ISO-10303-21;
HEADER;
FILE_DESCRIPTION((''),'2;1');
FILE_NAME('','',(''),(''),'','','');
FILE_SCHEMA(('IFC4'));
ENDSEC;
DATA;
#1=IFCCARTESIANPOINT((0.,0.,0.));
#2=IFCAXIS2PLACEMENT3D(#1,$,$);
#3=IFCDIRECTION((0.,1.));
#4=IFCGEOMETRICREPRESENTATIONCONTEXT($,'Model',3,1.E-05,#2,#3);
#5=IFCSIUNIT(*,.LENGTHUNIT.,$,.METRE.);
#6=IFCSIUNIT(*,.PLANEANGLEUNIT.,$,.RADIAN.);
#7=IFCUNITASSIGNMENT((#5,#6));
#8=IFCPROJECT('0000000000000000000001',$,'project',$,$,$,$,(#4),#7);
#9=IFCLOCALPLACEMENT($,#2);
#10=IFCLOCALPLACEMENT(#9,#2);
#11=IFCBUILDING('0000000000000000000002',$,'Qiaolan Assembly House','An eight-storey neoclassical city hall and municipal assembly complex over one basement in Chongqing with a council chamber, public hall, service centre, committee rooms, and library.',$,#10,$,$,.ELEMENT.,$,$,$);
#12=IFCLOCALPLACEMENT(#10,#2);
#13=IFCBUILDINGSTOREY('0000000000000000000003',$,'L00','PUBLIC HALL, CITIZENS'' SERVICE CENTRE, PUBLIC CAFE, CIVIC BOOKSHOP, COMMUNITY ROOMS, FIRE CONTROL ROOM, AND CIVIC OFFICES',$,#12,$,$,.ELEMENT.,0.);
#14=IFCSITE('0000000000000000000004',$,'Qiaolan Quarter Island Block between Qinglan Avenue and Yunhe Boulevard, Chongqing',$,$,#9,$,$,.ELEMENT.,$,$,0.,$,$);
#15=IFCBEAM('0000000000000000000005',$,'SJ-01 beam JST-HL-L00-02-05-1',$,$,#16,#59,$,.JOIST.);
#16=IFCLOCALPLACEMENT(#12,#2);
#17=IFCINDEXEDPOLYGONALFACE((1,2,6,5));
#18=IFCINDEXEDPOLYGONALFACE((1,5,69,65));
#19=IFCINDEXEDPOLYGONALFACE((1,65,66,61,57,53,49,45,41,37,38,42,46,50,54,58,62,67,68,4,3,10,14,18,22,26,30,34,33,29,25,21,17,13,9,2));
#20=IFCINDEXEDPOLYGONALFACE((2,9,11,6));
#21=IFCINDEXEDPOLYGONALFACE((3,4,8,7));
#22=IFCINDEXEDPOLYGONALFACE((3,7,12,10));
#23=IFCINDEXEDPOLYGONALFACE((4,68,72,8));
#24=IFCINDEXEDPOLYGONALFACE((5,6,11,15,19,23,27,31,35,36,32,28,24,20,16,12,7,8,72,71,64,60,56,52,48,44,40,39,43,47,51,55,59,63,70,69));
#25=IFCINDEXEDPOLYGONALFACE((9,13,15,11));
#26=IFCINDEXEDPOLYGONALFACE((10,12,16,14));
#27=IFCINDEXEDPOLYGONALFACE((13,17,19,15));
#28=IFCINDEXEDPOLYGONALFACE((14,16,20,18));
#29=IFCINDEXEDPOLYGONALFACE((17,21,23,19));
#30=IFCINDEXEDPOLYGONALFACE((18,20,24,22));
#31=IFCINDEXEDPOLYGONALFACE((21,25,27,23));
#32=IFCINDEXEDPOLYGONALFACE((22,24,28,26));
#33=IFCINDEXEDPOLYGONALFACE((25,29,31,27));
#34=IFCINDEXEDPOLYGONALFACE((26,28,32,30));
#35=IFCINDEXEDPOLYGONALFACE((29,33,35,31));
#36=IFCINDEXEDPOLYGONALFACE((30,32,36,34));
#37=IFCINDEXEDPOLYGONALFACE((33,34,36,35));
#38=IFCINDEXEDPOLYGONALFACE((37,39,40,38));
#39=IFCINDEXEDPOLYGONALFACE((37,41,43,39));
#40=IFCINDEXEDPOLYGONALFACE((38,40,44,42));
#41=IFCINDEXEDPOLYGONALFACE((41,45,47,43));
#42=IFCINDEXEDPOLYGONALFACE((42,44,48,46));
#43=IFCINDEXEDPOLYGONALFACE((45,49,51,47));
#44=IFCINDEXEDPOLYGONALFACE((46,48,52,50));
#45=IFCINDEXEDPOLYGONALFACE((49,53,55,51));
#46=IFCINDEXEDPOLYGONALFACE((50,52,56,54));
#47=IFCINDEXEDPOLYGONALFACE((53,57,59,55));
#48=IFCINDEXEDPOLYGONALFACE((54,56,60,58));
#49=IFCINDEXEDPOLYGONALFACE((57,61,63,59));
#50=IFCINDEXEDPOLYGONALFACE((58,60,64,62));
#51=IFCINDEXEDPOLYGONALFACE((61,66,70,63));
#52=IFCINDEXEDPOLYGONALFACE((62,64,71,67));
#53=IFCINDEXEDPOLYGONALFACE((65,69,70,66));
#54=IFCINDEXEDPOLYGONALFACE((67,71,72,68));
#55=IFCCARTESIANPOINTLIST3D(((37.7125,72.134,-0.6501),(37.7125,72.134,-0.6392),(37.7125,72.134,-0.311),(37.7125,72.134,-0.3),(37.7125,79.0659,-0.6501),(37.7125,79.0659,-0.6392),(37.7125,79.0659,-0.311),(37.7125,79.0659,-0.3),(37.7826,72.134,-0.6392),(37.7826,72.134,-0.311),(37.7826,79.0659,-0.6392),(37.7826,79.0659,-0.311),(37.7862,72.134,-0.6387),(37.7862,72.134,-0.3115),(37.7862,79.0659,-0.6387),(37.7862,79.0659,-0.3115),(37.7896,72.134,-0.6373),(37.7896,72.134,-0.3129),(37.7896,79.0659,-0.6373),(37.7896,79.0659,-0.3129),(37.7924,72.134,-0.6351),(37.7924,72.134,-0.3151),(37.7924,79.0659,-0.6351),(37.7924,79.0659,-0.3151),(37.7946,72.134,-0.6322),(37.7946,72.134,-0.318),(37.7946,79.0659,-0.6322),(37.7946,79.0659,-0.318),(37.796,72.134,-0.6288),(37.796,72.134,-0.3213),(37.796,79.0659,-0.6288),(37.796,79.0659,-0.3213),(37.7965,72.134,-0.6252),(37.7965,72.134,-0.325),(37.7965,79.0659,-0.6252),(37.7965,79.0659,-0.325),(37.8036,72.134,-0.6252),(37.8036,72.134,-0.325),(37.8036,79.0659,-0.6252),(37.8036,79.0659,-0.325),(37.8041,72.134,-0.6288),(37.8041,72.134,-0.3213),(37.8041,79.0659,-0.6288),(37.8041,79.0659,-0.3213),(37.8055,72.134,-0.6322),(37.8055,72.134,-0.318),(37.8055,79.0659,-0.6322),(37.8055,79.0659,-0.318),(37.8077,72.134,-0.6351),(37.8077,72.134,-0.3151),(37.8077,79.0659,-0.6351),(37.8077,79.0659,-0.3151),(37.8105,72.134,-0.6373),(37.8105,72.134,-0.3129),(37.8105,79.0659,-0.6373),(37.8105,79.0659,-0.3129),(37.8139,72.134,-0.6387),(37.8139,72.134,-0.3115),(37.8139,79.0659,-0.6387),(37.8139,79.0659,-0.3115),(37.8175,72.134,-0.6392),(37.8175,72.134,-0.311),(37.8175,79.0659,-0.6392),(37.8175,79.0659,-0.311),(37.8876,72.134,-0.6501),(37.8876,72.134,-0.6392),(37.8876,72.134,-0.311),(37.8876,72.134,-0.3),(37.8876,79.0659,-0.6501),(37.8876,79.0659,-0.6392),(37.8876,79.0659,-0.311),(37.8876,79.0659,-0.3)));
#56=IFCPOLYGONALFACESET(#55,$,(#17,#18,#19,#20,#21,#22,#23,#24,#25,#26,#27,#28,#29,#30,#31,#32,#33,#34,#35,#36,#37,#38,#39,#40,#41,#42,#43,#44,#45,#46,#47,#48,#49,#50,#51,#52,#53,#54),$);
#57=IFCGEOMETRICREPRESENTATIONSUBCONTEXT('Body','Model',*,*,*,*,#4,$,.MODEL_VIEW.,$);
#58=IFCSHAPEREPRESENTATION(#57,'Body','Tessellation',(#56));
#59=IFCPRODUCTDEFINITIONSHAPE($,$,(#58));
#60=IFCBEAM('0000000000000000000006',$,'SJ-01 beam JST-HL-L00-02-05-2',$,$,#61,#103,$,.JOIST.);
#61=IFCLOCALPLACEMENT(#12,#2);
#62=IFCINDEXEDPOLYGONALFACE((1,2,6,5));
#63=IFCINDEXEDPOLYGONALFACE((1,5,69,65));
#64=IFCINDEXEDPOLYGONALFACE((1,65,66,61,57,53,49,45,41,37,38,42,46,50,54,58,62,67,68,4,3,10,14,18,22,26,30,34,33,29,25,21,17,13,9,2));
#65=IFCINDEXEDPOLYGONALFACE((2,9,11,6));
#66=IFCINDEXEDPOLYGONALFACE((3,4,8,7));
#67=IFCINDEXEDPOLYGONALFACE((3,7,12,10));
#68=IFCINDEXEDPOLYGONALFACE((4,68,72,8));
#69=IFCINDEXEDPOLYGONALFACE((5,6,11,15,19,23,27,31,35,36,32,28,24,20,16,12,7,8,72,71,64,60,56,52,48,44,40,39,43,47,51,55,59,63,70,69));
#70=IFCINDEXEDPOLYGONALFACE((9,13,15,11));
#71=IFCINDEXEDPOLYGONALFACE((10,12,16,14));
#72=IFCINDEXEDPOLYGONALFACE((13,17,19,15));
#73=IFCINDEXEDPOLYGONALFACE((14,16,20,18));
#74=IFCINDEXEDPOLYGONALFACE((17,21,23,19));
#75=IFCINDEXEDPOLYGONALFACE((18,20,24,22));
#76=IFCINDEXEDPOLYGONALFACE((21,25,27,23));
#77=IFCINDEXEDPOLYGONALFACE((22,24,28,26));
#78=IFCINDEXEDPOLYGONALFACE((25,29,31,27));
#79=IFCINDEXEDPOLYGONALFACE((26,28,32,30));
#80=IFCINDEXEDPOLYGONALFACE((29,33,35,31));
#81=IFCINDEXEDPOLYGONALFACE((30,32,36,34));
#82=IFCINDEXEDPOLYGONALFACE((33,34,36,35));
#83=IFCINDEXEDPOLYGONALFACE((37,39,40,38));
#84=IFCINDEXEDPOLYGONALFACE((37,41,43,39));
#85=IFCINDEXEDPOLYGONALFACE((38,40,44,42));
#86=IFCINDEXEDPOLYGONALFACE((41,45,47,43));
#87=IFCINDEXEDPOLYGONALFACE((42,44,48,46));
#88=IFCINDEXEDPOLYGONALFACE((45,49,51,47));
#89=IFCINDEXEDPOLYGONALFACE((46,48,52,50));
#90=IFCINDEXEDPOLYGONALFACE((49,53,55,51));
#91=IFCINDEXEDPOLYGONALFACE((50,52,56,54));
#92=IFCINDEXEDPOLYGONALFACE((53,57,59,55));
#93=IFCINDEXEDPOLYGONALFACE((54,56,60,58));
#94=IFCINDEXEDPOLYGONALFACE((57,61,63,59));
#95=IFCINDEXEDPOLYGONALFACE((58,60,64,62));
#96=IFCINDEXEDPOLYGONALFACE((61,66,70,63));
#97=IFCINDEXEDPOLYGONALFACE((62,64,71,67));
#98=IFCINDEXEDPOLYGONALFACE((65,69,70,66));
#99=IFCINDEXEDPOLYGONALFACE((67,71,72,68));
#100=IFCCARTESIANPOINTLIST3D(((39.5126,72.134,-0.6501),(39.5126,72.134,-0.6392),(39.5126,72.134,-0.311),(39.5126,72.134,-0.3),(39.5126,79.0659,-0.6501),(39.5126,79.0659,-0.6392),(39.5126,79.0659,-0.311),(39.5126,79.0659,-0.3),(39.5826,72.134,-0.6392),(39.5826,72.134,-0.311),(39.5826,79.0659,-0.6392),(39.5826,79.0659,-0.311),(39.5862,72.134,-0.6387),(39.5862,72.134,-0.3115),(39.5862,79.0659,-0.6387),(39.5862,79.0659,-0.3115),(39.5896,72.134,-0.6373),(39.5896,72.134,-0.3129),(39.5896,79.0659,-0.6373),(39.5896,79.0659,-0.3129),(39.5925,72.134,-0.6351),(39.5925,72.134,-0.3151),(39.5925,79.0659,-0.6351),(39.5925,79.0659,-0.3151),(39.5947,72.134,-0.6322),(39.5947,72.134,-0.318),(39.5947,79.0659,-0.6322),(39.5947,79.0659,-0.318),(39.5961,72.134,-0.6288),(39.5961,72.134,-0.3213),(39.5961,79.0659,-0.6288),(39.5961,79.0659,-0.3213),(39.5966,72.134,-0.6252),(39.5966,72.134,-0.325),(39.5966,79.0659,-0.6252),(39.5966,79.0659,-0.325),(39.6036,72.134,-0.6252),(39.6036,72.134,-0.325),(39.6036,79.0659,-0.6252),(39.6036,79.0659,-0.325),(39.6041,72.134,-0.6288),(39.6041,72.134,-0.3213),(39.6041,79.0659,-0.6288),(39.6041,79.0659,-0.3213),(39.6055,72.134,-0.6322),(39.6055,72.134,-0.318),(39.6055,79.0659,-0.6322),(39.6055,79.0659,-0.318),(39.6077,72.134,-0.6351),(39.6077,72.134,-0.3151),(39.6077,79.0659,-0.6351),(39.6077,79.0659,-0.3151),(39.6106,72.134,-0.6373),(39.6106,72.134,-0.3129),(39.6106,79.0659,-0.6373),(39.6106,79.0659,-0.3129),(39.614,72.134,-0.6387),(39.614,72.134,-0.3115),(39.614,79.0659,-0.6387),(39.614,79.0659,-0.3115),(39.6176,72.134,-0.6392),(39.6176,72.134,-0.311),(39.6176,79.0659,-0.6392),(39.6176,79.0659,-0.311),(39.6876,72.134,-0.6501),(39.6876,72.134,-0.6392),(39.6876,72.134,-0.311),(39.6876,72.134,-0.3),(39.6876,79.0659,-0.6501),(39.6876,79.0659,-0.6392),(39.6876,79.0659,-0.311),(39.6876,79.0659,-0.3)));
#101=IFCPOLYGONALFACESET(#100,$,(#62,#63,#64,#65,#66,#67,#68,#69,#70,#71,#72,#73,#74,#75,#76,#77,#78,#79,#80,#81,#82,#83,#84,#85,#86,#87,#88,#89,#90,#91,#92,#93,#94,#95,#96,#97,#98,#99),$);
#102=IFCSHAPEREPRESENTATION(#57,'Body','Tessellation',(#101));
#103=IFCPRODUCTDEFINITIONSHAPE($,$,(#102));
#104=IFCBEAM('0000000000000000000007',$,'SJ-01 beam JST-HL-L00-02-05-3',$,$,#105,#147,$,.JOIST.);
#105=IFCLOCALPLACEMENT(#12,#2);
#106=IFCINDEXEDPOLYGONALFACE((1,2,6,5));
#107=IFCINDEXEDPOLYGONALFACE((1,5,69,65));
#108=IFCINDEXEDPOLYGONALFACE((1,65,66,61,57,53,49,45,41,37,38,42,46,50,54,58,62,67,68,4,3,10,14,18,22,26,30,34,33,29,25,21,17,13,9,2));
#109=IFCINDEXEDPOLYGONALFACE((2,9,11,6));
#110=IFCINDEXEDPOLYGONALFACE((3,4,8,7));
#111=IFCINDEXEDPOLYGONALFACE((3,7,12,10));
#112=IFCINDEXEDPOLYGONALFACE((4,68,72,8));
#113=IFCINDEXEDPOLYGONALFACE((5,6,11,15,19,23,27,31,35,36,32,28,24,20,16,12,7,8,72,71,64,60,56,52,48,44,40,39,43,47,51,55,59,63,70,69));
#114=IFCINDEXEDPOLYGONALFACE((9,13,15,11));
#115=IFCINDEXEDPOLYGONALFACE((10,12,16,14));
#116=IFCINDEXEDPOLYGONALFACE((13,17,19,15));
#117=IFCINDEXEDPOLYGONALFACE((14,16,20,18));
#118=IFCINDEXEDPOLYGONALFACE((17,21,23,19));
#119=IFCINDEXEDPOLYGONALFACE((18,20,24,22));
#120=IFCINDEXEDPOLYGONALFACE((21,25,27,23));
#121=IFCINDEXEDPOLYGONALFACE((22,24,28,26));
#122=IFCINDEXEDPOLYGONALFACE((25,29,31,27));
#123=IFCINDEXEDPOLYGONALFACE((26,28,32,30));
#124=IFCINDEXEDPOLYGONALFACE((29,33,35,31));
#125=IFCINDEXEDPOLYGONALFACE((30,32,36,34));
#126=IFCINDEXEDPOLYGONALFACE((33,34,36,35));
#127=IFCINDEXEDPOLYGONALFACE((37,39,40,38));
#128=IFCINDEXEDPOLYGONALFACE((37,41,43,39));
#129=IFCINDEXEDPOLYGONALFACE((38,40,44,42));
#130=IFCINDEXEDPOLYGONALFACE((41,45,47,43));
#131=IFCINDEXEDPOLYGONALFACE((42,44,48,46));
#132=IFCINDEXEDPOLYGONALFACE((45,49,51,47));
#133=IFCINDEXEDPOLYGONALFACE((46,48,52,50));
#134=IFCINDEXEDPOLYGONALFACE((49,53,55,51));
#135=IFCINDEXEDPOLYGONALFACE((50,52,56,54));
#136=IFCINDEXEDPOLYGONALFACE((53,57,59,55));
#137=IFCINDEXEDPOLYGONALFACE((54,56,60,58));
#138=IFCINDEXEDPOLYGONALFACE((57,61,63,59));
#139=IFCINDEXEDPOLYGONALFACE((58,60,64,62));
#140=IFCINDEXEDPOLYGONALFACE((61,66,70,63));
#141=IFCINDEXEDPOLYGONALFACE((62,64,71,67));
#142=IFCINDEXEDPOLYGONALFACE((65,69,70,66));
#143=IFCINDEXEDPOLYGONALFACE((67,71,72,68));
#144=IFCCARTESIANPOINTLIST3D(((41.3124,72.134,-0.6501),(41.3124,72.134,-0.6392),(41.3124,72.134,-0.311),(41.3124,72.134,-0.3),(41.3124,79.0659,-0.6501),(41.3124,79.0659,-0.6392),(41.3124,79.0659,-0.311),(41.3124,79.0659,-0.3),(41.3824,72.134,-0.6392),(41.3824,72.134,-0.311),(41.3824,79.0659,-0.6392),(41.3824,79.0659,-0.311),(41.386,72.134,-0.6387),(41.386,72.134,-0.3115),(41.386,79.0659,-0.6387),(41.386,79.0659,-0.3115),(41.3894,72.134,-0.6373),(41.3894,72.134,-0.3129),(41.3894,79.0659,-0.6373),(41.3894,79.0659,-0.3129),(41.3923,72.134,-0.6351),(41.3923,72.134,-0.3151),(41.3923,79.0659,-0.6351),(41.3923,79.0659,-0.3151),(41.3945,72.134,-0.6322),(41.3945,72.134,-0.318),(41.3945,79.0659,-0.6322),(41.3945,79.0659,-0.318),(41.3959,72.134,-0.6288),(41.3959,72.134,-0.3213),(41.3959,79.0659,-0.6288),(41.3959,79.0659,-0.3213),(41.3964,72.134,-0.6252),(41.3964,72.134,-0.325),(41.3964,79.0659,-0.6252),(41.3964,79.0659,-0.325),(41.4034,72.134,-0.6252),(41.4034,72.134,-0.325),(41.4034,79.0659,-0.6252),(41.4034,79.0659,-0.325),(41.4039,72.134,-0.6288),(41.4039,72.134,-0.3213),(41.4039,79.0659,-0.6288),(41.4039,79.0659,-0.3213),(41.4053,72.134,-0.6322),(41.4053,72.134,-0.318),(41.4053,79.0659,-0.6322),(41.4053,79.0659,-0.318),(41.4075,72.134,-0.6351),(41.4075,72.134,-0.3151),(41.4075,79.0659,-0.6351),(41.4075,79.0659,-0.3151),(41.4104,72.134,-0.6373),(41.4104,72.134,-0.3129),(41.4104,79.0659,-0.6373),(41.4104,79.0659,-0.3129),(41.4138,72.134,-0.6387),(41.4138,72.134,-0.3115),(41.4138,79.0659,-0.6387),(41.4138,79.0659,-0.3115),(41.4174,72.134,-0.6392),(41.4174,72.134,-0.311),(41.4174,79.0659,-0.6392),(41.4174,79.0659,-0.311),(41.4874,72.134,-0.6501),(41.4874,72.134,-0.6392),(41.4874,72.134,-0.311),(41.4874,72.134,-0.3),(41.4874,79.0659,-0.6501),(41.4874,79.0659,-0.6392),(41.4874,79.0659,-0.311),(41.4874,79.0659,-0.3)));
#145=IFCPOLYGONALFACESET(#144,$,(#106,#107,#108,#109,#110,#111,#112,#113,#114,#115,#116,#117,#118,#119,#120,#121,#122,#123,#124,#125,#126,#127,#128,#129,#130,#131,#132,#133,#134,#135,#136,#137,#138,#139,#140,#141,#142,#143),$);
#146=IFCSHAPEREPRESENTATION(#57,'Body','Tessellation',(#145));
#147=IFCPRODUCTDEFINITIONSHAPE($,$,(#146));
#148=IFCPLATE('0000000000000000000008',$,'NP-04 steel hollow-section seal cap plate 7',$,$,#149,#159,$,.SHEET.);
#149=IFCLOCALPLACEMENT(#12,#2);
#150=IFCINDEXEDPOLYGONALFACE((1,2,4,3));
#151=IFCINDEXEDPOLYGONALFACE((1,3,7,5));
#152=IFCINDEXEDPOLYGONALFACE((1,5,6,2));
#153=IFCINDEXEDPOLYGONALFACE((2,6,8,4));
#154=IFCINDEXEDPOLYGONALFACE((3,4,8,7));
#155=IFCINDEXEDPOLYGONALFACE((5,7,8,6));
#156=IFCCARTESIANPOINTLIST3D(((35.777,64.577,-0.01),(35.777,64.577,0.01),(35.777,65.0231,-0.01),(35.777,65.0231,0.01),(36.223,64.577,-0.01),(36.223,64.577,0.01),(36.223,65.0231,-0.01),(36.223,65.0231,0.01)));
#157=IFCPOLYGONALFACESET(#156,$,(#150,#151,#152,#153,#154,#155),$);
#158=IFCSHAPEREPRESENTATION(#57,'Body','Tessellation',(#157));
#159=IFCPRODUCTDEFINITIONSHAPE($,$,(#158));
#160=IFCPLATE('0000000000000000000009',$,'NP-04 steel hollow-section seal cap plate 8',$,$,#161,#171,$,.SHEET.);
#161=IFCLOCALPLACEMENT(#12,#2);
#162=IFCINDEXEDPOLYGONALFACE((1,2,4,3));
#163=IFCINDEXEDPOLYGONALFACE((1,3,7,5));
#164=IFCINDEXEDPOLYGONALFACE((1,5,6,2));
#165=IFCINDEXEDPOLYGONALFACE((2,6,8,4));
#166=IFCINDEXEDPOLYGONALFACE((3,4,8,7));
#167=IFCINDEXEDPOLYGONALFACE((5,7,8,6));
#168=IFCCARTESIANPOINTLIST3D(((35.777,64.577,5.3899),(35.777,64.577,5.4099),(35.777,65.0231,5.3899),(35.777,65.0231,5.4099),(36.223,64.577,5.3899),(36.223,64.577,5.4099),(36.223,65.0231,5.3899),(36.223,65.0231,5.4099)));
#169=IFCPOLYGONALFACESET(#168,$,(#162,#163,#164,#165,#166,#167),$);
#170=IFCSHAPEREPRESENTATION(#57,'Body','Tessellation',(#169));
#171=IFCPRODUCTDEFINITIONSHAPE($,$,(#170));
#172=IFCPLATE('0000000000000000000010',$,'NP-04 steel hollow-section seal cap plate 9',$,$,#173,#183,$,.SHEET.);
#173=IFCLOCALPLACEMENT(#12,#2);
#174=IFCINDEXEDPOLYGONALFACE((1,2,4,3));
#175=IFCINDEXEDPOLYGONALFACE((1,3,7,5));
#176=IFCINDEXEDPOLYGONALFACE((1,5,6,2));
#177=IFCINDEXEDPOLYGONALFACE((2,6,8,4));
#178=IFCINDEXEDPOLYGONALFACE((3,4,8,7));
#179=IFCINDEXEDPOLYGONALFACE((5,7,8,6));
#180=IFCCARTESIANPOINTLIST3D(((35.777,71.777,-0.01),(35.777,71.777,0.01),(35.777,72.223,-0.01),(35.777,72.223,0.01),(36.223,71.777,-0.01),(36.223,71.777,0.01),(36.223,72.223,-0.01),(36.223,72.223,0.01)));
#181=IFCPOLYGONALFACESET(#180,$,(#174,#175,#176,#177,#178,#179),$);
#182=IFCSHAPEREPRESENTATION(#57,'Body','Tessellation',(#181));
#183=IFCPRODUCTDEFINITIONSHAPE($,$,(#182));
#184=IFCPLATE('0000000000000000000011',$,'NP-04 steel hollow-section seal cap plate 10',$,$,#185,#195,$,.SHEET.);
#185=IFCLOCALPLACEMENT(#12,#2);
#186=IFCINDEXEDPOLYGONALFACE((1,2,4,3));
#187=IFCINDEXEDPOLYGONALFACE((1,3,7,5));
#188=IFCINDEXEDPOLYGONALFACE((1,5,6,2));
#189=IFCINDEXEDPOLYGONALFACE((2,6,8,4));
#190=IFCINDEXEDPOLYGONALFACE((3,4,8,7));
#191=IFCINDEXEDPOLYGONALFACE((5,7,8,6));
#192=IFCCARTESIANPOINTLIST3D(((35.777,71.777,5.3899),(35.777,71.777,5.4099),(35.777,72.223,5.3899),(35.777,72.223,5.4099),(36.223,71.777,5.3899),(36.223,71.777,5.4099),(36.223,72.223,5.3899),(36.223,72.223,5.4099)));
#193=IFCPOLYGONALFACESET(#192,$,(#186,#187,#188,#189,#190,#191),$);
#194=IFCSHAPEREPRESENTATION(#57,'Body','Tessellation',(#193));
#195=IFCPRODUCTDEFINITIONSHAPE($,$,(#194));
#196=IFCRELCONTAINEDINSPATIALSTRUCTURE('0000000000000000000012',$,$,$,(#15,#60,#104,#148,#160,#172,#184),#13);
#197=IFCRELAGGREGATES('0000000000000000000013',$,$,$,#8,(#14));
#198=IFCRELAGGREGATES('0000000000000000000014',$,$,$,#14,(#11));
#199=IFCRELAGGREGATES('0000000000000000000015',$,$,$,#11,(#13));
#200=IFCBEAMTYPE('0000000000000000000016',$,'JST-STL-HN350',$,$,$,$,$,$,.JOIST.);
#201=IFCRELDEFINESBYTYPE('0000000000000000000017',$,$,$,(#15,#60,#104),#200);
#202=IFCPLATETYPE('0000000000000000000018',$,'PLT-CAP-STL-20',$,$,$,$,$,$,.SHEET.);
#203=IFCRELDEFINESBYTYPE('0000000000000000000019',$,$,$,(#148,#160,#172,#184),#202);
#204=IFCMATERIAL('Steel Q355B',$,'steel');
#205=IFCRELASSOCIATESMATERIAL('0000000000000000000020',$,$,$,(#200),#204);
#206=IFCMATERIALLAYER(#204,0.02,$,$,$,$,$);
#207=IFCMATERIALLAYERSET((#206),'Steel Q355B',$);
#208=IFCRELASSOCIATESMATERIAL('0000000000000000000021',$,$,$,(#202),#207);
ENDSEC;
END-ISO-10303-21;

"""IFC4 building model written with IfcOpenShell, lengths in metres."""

from ifc_helpers import new_model, si_unit, direction, frame, origin, origin_2d, place, context, subcontext, project, spatial, rectangle, i_section, extrude, material, layer, layer_set, material_profile, profile_set, type_object, element, save


model = new_model("IFC4")

# Units and contexts
model_context = context("Model", 3, precision=1e-05, world=origin(), true_north=direction((0.0, 1.0)))
body_context = subcontext(model_context, "Body", "Model", "MODEL_VIEW")
ifc_project = project(units=[si_unit("LENGTHUNIT", "METRE"), si_unit("PLANEANGLEUNIT", "RADIAN")], contexts=[model_context])

# Site, building, storey
site_placement = place(None, origin())
site = spatial("IfcSite", under=ifc_project, at=site_placement, Name="Qiaolan Quarter Island Block between Qinglan Avenue and Yunhe Boulevard, Chongqing", CompositionType="ELEMENT", RefElevation=0.0)
building_placement = place(site_placement, origin())
building = spatial("IfcBuilding", under=site, at=building_placement, Name="Qiaolan Assembly House", Description="An eight-storey neoclassical city hall and municipal assembly complex over one basement in Chongqing with a council chamber, public hall, service centre, committee rooms, and library.", CompositionType="ELEMENT")
storey_placement = place(building_placement, origin())
storey = spatial("IfcBuildingStorey", under=building, at=storey_placement, Name="L00", Description="PUBLIC HALL, CITIZENS' SERVICE CENTRE, PUBLIC CAFE, CIVIC BOOKSHOP, COMMUNITY ROOMS, FIRE CONTROL ROOM, AND CIVIC OFFICES", CompositionType="ELEMENT", Elevation=0.0)

# Shared definitions
ifc_material_1 = material(Name="Steel Q355B", Category="steel")

# Beams
ifc_material_profile_1 = material_profile(ifc_material_1, i_section(OverallWidth=0.175, OverallDepth=0.3501, WebThickness=0.0071, FlangeThickness=0.011, FilletRadius=0.0139, at=origin_2d()), Name="HN 350x175x7x11")
ifc_profile_set_1 = profile_set([ifc_material_profile_1], Name="Steel Q355B")
beam_type_1 = type_object("IfcBeamType", Name="JST-STL-HN350", PredefinedType="JOIST", material=ifc_profile_set_1)
for number, where, z_axis, x_axis, name in (
    (1, (37.8, 72.134, -0.4751), (0.0, 1.0, 0.0), (-1.0, 0.0, 0.0), "SJ-01 beam JST-HL-L00-02-05-1"),
    (2, (39.6001, 72.134, -0.4751), (0.0, 1.0, 0.0), (-1.0, 0.0, 0.0), "SJ-01 beam JST-HL-L00-02-05-2"),
    (3, (41.3999, 72.134, -0.4751), (0.0, 1.0, 0.0), (-1.0, 0.0, 0.0), "SJ-01 beam JST-HL-L00-02-05-3"),
):
    element("IfcBeam", number, at=place(storey_placement, frame(where, z_axis=z_axis, x_axis=x_axis)), inside=storey, type_object=beam_type_1, Name=name, PredefinedType="JOIST", context=body_context, shape_type="SweptSolid", body=[
        extrude(i_section(OverallWidth=0.175, OverallDepth=0.3501, WebThickness=0.0071, FlangeThickness=0.011, FilletRadius=0.0139, at=origin_2d()), origin(), (0.0, 0.0, 1.0), 6.9319),
    ])

# Plates
ifc_layer_1 = layer(ifc_material_1, 0.02)
ifc_layer_set_1 = layer_set([ifc_layer_1], Name="Steel Q355B")
plate_type = type_object("IfcPlateType", Name="PLT-CAP-STL-20", PredefinedType="SHEET", material=ifc_layer_set_1)
for number, where, z_axis, x_axis, name in (
    (4, (36.0, 64.8, -0.01), (0.0, 0.0, 1.0), (1.0, 0.0, 0.0), "NP-04 steel hollow-section seal cap plate 7"),
    (5, (36.0, 64.8, 5.3899), (0.0, 0.0, 1.0), (1.0, 0.0, 0.0), "NP-04 steel hollow-section seal cap plate 8"),
    (6, (36.0, 72.0, -0.01), (0.0, 0.0, 1.0), (1.0, 0.0, 0.0), "NP-04 steel hollow-section seal cap plate 9"),
    (7, (36.0, 72.0, 5.3899), (0.0, 0.0, 1.0), (1.0, 0.0, 0.0), "NP-04 steel hollow-section seal cap plate 10"),
):
    element("IfcPlate", number, at=place(storey_placement, frame(where, z_axis=z_axis, x_axis=x_axis)), inside=storey, type_object=plate_type, Name=name, PredefinedType="SHEET", context=body_context, shape_type="SweptSolid", body=[
        extrude(rectangle(XDim=0.446, YDim=0.446, at=origin_2d()), origin(), (0.0, 0.0, 1.0), 0.02),
    ])

save(model, "model.ifc")
